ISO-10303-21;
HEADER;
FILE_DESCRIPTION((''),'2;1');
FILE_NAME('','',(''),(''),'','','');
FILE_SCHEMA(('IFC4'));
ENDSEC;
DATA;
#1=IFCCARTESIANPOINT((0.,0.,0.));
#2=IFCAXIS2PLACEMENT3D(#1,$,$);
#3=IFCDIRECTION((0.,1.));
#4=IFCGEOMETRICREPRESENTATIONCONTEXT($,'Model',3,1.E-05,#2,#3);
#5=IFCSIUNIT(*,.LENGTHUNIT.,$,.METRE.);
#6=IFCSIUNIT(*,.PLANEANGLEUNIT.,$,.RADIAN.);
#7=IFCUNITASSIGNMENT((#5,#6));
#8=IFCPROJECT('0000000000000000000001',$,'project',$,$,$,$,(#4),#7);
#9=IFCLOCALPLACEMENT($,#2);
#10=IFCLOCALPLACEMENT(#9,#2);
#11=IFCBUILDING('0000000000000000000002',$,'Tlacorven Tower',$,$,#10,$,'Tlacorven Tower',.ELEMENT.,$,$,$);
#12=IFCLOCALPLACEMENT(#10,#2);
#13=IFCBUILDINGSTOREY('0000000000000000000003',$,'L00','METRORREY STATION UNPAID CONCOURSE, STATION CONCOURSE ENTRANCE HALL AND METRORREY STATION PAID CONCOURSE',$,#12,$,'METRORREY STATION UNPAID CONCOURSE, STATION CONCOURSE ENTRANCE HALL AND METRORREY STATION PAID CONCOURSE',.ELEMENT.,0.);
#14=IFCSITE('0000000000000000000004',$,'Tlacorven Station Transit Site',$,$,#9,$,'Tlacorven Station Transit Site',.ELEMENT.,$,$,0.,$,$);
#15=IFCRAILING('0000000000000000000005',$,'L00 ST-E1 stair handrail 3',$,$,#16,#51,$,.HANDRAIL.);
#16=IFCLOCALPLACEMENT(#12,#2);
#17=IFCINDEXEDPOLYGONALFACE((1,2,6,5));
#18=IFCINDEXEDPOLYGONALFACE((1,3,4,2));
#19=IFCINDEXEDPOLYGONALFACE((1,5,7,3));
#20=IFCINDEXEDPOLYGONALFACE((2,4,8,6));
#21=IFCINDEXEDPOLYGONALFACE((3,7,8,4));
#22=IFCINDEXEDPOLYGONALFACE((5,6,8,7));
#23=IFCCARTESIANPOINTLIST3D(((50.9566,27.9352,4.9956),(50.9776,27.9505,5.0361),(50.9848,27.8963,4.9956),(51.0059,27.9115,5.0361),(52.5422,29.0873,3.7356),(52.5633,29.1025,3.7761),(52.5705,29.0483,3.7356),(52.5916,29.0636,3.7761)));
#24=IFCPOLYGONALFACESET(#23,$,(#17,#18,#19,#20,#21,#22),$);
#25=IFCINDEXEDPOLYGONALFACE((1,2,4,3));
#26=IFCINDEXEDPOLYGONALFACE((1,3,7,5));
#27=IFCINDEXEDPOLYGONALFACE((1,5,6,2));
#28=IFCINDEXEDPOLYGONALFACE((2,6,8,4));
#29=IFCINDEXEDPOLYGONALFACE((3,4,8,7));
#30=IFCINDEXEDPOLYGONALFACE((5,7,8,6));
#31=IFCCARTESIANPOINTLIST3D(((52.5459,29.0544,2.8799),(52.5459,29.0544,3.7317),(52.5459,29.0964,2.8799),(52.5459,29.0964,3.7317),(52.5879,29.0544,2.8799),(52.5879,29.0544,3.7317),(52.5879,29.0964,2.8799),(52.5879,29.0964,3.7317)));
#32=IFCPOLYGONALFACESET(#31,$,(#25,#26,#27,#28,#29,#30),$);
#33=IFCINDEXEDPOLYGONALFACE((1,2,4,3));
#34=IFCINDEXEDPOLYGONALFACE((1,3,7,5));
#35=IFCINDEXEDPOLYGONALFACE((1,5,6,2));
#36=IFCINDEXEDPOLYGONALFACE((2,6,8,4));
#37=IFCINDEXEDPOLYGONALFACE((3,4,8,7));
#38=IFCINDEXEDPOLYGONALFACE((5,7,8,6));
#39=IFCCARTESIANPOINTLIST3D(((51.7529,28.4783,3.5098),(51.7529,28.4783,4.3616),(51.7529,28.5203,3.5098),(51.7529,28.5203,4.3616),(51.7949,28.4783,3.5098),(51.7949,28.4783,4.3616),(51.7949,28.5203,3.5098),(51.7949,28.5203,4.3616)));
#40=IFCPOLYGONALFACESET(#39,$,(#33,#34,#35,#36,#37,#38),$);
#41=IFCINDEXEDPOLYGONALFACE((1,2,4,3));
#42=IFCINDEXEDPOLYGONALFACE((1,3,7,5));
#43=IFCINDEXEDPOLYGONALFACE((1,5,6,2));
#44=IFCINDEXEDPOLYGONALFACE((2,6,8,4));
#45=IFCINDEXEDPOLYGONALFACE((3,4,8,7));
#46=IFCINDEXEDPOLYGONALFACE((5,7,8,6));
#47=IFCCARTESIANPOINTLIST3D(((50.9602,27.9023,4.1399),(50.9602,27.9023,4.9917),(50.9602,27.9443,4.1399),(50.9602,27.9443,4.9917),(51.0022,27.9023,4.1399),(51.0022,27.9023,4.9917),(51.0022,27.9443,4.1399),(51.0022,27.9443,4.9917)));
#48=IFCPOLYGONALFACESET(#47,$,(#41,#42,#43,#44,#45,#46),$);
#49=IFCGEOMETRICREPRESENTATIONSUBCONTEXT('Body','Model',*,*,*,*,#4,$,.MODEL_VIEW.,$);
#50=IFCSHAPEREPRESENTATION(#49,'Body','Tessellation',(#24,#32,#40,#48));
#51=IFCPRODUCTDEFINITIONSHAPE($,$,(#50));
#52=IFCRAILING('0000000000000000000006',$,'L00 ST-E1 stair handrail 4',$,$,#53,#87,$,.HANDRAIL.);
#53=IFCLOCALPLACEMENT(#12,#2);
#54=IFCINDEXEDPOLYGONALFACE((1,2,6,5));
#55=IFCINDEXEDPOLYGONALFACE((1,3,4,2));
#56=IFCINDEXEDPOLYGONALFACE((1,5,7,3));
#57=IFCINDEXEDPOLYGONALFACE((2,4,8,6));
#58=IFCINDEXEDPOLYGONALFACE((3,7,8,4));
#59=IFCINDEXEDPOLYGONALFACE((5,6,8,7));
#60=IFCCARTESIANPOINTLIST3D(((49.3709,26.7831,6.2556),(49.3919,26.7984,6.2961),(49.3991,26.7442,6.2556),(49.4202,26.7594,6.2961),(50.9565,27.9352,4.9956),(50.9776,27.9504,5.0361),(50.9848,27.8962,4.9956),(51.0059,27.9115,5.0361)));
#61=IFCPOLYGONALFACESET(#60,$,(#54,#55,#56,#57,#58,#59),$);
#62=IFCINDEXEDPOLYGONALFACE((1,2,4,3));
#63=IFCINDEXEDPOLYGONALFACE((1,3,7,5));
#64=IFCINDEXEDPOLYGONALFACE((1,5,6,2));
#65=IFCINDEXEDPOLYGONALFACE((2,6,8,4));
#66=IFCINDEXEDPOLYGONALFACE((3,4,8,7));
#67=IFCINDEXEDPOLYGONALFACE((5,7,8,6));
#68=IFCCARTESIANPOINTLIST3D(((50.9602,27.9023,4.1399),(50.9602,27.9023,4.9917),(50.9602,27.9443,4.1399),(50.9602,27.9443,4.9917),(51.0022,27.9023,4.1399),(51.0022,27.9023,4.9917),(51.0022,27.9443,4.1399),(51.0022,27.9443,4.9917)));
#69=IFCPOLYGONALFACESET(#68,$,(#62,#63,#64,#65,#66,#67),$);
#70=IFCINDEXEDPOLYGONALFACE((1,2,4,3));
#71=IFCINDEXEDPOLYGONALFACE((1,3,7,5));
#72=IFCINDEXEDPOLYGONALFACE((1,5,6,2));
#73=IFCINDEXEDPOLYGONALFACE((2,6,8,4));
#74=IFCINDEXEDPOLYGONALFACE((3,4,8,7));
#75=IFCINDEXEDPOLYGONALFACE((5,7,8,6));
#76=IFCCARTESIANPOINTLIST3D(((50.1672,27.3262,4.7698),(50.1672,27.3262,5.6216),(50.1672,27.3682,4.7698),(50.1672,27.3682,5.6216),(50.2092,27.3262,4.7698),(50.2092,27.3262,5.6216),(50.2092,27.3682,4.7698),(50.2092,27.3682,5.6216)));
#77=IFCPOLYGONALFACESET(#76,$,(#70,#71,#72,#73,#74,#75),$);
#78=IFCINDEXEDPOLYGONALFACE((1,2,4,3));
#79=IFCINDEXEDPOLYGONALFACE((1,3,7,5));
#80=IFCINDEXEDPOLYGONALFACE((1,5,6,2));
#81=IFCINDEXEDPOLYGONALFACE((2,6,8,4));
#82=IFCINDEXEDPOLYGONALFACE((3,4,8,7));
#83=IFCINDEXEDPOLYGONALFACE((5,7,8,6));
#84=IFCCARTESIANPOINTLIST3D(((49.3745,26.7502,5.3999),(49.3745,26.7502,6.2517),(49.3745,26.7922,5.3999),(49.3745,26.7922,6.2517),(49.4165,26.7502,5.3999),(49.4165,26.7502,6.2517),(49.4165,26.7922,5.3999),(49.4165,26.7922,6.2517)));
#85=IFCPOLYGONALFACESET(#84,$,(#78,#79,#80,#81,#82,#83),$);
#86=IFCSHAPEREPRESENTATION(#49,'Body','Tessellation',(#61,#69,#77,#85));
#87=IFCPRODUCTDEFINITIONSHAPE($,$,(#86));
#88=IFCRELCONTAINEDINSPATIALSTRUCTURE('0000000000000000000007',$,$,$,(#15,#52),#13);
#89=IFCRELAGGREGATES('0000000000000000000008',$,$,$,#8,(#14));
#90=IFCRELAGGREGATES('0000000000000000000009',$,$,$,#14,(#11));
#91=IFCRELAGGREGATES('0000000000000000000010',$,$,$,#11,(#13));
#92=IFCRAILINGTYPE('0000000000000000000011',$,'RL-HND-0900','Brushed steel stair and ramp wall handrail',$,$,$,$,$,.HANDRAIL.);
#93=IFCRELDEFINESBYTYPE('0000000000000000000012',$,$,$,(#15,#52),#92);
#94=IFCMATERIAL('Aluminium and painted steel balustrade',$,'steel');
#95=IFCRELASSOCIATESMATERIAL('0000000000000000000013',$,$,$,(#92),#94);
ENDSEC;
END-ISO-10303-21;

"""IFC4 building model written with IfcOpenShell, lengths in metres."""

from ifc_helpers import new_model, si_unit, direction, frame, origin, origin_2d, place, context, subcontext, project, spatial, rectangle, extrude, source, transform, mapped, material, type_object, element, save


model = new_model("IFC4")

# Units and contexts
model_context = context("Model", 3, precision=1e-05, world=origin(), true_north=direction((0.0, 1.0)))
body_context = subcontext(model_context, "Body", "Model", "MODEL_VIEW")
ifc_project = project(units=[si_unit("LENGTHUNIT", "METRE"), si_unit("PLANEANGLEUNIT", "RADIAN")], contexts=[model_context])

# Site, building, storey
site_placement = place(None, origin())
site = spatial("IfcSite", under=ifc_project, at=site_placement, Name="Tlacorven Station Transit Site", LongName="Tlacorven Station Transit Site", CompositionType="ELEMENT", RefElevation=0.0)
building_placement = place(site_placement, origin())
building = spatial("IfcBuilding", under=site, at=building_placement, Name="Tlacorven Tower", LongName="Tlacorven Tower", CompositionType="ELEMENT")
storey_placement = place(building_placement, origin())
storey = spatial("IfcBuildingStorey", under=building, at=storey_placement, Name="L00", Description="METRORREY STATION UNPAID CONCOURSE, STATION CONCOURSE ENTRANCE HALL AND METRORREY STATION PAID CONCOURSE", LongName="METRORREY STATION UNPAID CONCOURSE, STATION CONCOURSE ENTRANCE HALL AND METRORREY STATION PAID CONCOURSE", CompositionType="ELEMENT", Elevation=0.0)

# Railings
ifc_material_1 = material(Name="Aluminium and painted steel balustrade", Category="steel")
railing_type_1 = type_object("IfcRailingType", Name="RL-HND-0900", Description="Brushed steel stair and ramp wall handrail", PredefinedType="HANDRAIL", material=ifc_material_1)
shared_shape_1 = source(origin(), body_context, "Body", "SweptSolid", [
    extrude(rectangle(XDim=0.0481, YDim=0.0481, at=origin_2d()), frame((0.0, 0.0, 0.876), z_axis=(-0.680525, -0.494441, 0.540753), x_axis=(0.587794, -0.809011, 0.0)), (0.0, 0.0, 1.0), 2.3301),
    extrude(rectangle(XDim=0.042, YDim=0.042, at=origin_2d()), origin(), (0.0, 0.0, 1.0), 0.8518),
    extrude(rectangle(XDim=0.042, YDim=0.042, at=origin_2d()), frame((-0.793, -0.5762, 0.6299)), (0.0, 0.0, 1.0), 0.8518),
    extrude(rectangle(XDim=0.042, YDim=0.042, at=origin_2d()), frame((-1.5857, -1.1521, 1.26)), (0.0, 0.0, 1.0), 0.8518),
])
for number, where, name in (
    (1, (52.5669, 29.0754, 2.8799), "L00 ST-E1 stair handrail 3"),
    (2, (50.9812, 27.9233, 4.1399), "L00 ST-E1 stair handrail 4"),
):
    element("IfcRailing", number, at=place(storey_placement, frame(where)), inside=storey, type_object=railing_type_1, Name=name, PredefinedType="HANDRAIL", context=body_context, shape_type="MappedRepresentation", body=[
        mapped(shared_shape_1, transform((0.0, 0.0, 0.0), scale=1.0)),
    ])

save(model, "model.ifc")
